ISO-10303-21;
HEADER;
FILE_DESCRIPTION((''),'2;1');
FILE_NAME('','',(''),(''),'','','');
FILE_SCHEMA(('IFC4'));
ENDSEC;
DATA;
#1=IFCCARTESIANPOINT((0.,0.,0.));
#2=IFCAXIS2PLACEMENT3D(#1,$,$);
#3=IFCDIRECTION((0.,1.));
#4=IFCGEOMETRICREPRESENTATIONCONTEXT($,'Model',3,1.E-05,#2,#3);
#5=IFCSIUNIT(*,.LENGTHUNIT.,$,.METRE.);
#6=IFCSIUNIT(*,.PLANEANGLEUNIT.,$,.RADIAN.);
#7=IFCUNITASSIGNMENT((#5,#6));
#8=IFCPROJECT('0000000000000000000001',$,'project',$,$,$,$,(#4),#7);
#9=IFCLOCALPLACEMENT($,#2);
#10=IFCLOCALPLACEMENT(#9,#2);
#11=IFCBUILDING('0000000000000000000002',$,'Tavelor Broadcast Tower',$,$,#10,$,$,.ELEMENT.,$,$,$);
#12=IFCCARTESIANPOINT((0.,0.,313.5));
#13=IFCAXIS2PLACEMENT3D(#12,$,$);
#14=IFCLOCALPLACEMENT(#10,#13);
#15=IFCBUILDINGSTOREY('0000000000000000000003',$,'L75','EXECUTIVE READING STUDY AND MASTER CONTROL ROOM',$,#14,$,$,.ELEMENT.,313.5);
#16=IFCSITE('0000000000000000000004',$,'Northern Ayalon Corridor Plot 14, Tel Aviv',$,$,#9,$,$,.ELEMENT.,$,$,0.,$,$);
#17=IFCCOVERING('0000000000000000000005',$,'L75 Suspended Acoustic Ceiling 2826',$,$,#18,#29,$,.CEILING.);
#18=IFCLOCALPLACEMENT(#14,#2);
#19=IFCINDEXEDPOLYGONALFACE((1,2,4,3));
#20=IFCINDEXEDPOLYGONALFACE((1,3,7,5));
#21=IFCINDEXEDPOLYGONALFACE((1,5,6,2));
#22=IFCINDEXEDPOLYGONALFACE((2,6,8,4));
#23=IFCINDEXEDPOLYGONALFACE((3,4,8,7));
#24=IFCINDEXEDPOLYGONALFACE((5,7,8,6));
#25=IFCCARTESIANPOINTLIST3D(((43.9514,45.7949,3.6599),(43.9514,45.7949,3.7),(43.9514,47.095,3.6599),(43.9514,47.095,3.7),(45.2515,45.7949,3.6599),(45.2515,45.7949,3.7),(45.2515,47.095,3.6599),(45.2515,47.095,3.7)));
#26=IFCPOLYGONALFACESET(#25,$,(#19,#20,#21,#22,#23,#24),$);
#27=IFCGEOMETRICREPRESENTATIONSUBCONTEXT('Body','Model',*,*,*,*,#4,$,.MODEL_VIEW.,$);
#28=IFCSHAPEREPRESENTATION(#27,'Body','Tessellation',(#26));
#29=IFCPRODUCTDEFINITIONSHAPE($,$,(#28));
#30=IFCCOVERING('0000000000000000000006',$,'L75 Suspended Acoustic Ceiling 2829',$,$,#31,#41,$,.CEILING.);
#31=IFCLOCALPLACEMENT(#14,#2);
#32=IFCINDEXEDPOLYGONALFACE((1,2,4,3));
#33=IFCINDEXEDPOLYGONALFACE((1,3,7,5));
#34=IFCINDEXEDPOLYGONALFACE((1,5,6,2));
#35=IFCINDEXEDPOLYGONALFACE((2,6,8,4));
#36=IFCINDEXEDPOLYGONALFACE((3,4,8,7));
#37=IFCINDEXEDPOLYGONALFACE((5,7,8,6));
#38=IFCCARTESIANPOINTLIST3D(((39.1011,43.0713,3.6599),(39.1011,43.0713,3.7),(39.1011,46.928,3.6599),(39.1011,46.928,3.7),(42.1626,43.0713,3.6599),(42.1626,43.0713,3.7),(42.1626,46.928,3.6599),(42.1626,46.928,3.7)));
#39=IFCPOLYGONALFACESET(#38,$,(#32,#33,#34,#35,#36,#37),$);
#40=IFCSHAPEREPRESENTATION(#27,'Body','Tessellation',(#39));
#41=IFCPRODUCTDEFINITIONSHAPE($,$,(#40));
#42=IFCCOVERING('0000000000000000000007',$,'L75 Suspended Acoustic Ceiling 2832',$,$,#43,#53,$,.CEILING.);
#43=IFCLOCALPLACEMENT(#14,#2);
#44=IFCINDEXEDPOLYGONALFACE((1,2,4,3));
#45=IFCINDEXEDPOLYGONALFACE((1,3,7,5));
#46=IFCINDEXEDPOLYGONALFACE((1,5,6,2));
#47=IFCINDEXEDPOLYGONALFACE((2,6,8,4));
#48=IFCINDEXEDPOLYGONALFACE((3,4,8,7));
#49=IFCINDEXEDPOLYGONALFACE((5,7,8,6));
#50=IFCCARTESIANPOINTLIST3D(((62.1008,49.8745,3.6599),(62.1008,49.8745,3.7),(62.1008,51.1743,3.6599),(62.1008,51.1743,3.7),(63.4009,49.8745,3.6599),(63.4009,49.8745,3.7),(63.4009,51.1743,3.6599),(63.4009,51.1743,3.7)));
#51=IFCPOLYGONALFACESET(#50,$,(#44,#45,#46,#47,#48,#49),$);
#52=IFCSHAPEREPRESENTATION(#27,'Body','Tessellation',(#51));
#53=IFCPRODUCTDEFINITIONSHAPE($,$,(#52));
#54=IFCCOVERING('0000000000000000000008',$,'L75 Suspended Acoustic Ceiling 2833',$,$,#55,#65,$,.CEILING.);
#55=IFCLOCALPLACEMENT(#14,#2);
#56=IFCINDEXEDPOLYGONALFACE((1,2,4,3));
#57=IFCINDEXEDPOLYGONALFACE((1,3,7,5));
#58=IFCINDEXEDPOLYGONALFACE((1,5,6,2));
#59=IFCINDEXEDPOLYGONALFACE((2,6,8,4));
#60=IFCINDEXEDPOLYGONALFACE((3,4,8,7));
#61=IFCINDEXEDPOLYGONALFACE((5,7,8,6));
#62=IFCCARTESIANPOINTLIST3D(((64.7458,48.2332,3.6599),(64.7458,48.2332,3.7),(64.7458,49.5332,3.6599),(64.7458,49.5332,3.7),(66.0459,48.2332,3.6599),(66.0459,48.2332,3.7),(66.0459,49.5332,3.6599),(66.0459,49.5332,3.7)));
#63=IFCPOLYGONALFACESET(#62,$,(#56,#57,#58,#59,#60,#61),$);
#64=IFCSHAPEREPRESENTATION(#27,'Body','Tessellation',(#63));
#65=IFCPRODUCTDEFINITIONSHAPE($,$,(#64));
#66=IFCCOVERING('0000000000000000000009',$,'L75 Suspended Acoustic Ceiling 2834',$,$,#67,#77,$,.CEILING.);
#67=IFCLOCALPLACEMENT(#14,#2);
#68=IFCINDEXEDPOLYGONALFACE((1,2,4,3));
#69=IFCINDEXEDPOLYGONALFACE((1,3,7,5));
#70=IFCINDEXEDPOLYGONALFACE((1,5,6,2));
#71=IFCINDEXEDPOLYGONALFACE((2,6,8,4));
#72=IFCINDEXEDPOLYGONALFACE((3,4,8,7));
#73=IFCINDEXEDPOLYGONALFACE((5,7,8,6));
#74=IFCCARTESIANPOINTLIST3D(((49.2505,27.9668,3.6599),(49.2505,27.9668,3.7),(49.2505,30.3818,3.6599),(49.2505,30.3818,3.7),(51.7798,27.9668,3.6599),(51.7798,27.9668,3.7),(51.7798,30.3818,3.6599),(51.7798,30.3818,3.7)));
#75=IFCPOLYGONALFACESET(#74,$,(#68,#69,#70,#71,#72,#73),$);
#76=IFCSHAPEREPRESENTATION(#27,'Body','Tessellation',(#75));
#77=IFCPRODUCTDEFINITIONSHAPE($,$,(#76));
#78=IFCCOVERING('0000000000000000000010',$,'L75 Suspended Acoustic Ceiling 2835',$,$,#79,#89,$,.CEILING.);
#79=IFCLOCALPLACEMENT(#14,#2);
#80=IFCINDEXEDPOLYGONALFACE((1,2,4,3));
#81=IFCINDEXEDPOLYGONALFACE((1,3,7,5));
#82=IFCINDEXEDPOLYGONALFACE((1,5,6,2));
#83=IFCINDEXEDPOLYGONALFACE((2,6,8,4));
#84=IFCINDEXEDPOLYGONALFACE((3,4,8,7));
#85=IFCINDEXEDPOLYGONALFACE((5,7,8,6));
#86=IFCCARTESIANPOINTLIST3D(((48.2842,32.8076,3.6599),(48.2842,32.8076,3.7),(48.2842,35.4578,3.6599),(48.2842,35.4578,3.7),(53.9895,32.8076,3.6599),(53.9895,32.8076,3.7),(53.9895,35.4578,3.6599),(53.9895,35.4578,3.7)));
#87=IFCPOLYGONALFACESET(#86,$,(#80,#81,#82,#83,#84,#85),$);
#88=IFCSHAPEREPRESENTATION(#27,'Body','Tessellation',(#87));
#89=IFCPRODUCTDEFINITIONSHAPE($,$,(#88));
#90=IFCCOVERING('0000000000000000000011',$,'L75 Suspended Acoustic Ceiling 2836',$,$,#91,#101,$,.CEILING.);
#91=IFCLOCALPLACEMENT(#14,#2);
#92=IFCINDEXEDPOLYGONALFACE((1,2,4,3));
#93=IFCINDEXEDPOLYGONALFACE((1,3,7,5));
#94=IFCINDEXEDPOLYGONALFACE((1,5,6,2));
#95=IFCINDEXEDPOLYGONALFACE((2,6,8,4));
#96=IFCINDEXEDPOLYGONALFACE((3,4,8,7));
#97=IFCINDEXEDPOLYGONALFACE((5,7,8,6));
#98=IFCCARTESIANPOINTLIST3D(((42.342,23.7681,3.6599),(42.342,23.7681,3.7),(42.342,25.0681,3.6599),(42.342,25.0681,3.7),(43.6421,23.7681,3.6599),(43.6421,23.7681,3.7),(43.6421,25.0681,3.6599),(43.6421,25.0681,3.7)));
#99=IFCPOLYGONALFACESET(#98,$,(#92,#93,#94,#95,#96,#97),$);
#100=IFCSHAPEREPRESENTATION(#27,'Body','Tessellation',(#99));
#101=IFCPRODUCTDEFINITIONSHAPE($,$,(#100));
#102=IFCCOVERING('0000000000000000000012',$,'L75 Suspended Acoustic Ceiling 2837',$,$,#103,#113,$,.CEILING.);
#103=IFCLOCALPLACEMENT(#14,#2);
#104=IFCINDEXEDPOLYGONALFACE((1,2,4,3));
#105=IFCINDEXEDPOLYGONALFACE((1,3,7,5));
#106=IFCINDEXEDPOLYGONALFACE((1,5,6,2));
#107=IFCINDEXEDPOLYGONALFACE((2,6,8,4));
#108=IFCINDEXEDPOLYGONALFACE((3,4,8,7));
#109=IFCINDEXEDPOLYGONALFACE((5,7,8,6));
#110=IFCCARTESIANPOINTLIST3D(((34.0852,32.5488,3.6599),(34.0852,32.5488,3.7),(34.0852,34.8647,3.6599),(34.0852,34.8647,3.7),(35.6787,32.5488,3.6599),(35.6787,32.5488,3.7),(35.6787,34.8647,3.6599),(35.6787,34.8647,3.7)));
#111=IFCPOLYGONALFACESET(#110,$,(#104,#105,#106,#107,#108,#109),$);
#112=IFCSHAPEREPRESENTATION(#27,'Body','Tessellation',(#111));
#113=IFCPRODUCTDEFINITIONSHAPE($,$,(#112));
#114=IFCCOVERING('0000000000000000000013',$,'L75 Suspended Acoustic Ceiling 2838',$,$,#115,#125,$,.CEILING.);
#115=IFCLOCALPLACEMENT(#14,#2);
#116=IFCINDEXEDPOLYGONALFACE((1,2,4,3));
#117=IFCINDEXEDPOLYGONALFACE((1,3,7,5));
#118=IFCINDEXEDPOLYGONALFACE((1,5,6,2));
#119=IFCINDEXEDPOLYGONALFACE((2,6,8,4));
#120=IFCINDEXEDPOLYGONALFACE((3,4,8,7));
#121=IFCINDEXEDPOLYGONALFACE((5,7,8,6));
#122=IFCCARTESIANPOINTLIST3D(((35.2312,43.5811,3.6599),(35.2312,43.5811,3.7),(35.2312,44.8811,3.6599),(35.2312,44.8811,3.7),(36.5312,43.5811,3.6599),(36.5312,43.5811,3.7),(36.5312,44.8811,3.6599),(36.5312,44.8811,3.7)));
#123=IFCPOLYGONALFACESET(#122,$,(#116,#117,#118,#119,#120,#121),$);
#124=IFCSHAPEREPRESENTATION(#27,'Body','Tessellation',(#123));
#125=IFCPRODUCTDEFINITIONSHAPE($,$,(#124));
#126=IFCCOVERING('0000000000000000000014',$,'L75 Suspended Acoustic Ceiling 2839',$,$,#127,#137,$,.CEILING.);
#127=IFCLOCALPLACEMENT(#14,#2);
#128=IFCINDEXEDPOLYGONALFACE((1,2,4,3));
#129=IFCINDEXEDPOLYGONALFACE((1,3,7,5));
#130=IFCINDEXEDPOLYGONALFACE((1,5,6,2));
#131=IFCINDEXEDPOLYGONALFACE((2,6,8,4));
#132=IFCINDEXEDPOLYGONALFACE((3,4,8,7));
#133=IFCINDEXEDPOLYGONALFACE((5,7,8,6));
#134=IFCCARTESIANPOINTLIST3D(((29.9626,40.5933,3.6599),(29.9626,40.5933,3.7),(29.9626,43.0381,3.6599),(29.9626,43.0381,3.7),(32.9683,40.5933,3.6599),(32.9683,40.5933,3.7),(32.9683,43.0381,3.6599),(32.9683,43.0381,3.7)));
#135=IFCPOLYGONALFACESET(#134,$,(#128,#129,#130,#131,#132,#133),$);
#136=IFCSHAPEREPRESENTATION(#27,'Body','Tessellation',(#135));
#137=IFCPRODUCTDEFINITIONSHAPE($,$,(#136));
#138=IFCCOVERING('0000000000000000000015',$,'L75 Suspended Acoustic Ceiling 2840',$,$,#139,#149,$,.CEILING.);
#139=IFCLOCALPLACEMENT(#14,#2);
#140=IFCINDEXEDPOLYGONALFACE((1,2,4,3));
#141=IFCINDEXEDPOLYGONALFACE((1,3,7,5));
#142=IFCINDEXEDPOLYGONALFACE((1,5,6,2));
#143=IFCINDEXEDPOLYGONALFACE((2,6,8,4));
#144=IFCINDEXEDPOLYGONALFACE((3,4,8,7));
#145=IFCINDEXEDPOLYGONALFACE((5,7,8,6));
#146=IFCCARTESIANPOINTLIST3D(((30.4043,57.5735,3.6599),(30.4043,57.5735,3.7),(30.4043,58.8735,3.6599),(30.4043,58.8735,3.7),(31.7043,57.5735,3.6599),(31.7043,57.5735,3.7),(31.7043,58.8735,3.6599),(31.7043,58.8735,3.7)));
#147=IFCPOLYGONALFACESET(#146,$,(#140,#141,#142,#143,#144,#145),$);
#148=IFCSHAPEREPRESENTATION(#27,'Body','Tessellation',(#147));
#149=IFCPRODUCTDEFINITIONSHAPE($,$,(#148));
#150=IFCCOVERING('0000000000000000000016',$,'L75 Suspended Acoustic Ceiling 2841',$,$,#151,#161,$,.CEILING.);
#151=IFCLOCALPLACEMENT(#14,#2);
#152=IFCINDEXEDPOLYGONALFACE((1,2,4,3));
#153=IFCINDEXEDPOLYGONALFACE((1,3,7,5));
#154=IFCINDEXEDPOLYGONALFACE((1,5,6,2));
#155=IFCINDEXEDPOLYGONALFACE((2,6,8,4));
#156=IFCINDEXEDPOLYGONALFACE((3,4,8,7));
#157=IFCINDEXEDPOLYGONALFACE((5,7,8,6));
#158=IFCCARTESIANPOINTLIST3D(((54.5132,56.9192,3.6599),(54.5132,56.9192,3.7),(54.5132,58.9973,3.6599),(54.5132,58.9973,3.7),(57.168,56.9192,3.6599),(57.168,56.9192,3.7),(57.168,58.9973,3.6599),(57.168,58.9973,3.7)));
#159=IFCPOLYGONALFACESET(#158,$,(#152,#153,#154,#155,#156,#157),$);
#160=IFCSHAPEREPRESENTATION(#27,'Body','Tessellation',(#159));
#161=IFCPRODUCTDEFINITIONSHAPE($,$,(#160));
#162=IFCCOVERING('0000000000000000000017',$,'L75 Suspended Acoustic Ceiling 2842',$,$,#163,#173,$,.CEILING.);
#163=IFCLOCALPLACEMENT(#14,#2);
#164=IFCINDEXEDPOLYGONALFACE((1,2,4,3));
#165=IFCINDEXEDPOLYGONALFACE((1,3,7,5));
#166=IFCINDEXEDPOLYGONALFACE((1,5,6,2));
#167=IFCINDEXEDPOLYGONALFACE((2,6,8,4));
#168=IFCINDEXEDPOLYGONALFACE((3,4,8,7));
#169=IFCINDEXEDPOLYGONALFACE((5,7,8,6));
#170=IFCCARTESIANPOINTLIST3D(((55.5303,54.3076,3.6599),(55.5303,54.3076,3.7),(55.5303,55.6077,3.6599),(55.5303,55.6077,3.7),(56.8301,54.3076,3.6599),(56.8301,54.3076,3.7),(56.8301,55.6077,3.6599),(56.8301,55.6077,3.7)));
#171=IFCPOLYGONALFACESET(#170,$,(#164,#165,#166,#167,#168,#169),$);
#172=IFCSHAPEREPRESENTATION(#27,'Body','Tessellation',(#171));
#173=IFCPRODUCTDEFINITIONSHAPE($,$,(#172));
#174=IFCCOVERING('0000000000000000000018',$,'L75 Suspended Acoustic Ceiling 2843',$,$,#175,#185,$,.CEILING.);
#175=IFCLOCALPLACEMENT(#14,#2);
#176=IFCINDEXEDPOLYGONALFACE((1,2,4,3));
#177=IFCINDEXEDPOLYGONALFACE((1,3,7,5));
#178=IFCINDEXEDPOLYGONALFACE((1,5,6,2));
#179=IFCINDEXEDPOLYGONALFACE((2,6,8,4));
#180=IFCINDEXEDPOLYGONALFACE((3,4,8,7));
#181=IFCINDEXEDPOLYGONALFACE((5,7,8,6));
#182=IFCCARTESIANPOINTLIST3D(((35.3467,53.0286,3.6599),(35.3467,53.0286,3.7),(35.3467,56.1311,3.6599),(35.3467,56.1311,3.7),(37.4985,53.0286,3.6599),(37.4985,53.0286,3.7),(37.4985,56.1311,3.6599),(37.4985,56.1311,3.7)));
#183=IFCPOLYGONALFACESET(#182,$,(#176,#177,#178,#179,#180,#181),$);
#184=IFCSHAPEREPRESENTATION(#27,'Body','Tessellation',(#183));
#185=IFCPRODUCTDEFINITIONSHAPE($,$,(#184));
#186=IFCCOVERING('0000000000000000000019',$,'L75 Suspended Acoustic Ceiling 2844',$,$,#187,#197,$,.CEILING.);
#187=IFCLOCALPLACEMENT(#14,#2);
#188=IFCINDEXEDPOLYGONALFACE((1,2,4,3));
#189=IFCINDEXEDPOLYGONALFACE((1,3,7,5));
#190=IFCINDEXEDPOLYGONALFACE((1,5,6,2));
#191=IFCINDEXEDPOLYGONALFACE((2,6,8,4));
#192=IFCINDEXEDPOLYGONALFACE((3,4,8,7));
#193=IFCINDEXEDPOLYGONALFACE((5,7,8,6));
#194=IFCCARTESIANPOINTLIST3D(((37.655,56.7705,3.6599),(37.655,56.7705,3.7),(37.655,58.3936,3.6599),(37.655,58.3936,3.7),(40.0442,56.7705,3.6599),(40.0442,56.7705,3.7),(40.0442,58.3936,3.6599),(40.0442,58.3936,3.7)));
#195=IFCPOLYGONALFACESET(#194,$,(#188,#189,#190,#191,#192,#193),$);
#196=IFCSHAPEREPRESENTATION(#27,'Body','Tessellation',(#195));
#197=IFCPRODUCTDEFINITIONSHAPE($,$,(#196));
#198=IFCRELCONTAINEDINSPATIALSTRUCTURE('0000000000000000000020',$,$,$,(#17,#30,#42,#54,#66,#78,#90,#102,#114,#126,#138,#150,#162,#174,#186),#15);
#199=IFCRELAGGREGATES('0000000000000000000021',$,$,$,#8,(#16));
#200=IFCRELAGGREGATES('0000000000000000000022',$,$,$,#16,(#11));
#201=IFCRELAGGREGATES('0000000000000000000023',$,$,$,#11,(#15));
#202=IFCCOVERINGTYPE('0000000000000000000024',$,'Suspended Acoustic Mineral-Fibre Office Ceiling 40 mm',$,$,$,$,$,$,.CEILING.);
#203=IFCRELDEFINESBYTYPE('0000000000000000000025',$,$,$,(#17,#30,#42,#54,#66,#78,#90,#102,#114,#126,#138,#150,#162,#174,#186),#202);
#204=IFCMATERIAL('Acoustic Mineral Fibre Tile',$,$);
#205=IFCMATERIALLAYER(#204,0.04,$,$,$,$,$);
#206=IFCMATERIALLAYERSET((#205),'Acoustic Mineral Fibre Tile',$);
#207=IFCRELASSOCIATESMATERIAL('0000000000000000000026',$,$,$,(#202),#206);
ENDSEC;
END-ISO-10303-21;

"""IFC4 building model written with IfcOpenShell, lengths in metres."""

from ifc_helpers import new_model, si_unit, direction, frame, origin, place, context, subcontext, project, spatial, polyline, outline, extrude, material, layer, layer_set, type_object, element, save


model = new_model("IFC4")

# Units and contexts
model_context = context("Model", 3, precision=1e-05, world=origin(), true_north=direction((0.0, 1.0)))
body_context = subcontext(model_context, "Body", "Model", "MODEL_VIEW")
ifc_project = project(units=[si_unit("LENGTHUNIT", "METRE"), si_unit("PLANEANGLEUNIT", "RADIAN")], contexts=[model_context])

# Site, building, storey
site_placement = place(None, origin())
site = spatial("IfcSite", under=ifc_project, at=site_placement, Name="Northern Ayalon Corridor Plot 14, Tel Aviv", CompositionType="ELEMENT", RefElevation=0.0)
building_placement = place(site_placement, origin())
building = spatial("IfcBuilding", under=site, at=building_placement, Name="Tavelor Broadcast Tower", CompositionType="ELEMENT")
storey_placement = place(building_placement, frame((0.0, 0.0, 313.5)))
storey = spatial("IfcBuildingStorey", under=building, at=storey_placement, Name="L75", Description="EXECUTIVE READING STUDY AND MASTER CONTROL ROOM", CompositionType="ELEMENT", Elevation=313.5)

# Coverings
ifc_material_1 = material(Name="Acoustic Mineral Fibre Tile")
ifc_layer_1 = layer(ifc_material_1, 0.04)
ifc_layer_set_1 = layer_set([ifc_layer_1], Name="Acoustic Mineral Fibre Tile")
covering_type_1 = type_object("IfcCoveringType", Name="Suspended Acoustic Mineral-Fibre Office Ceiling 40 mm", PredefinedType="CEILING", material=ifc_layer_set_1)
covering_1_placement = place(storey_placement, frame((0.0, 0.0, 3.6599)))
element("IfcCovering", 1, at=covering_1_placement, inside=storey, type_object=covering_type_1, Name="L75 Suspended Acoustic Ceiling 2826", PredefinedType="CEILING", context=body_context, shape_type="SweptSolid", body=[
    extrude(outline(polyline([(43.9514, 45.7949), (45.2515, 45.7949), (45.2515, 47.095), (43.9514, 47.095), (43.9514, 45.7949)])), origin(), (0.0, 0.0, 1.0), 0.04),
])
covering_2_placement = place(storey_placement, frame((0.0, 0.0, 3.6599)))
element("IfcCovering", 2, at=covering_2_placement, inside=storey, type_object=covering_type_1, Name="L75 Suspended Acoustic Ceiling 2829", PredefinedType="CEILING", context=body_context, shape_type="SweptSolid", body=[
    extrude(outline(polyline([(39.1011, 43.0713), (42.1626, 43.0713), (42.1626, 46.928), (39.1011, 46.928), (39.1011, 43.0713)])), origin(), (0.0, 0.0, 1.0), 0.04),
])
covering_3_placement = place(storey_placement, frame((0.0, 0.0, 3.6599)))
element("IfcCovering", 3, at=covering_3_placement, inside=storey, type_object=covering_type_1, Name="L75 Suspended Acoustic Ceiling 2832", PredefinedType="CEILING", context=body_context, shape_type="SweptSolid", body=[
    extrude(outline(polyline([(62.1008, 49.8745), (63.4009, 49.8745), (63.4009, 51.1743), (62.1008, 51.1743), (62.1008, 49.8745)])), origin(), (0.0, 0.0, 1.0), 0.04),
])
covering_4_placement = place(storey_placement, frame((0.0, 0.0, 3.6599)))
element("IfcCovering", 4, at=covering_4_placement, inside=storey, type_object=covering_type_1, Name="L75 Suspended Acoustic Ceiling 2833", PredefinedType="CEILING", context=body_context, shape_type="SweptSolid", body=[
    extrude(outline(polyline([(64.7458, 48.2332), (66.0459, 48.2332), (66.0459, 49.5332), (64.7458, 49.5332), (64.7458, 48.2332)])), origin(), (0.0, 0.0, 1.0), 0.04),
])
covering_5_placement = place(storey_placement, frame((0.0, 0.0, 3.6599)))
element("IfcCovering", 5, at=covering_5_placement, inside=storey, type_object=covering_type_1, Name="L75 Suspended Acoustic Ceiling 2834", PredefinedType="CEILING", context=body_context, shape_type="SweptSolid", body=[
    extrude(outline(polyline([(49.2505, 27.9668), (51.7798, 27.9668), (51.7798, 30.3818), (49.2505, 30.3818), (49.2505, 27.9668)])), origin(), (0.0, 0.0, 1.0), 0.04),
])
covering_6_placement = place(storey_placement, frame((0.0, 0.0, 3.6599)))
element("IfcCovering", 6, at=covering_6_placement, inside=storey, type_object=covering_type_1, Name="L75 Suspended Acoustic Ceiling 2835", PredefinedType="CEILING", context=body_context, shape_type="SweptSolid", body=[
    extrude(outline(polyline([(48.2842, 32.8076), (53.9895, 32.8076), (53.9895, 35.4578), (48.2842, 35.4578), (48.2842, 32.8076)])), origin(), (0.0, 0.0, 1.0), 0.04),
])
covering_7_placement = place(storey_placement, frame((0.0, 0.0, 3.6599)))
element("IfcCovering", 7, at=covering_7_placement, inside=storey, type_object=covering_type_1, Name="L75 Suspended Acoustic Ceiling 2836", PredefinedType="CEILING", context=body_context, shape_type="SweptSolid", body=[
    extrude(outline(polyline([(42.342, 23.7681), (43.6421, 23.7681), (43.6421, 25.0681), (42.342, 25.0681), (42.342, 23.7681)])), origin(), (0.0, 0.0, 1.0), 0.04),
])
covering_8_placement = place(storey_placement, frame((0.0, 0.0, 3.6599)))
element("IfcCovering", 8, at=covering_8_placement, inside=storey, type_object=covering_type_1, Name="L75 Suspended Acoustic Ceiling 2837", PredefinedType="CEILING", context=body_context, shape_type="SweptSolid", body=[
    extrude(outline(polyline([(34.0852, 32.5488), (35.6787, 32.5488), (35.6787, 34.8647), (34.0852, 34.8647), (34.0852, 32.5488)])), origin(), (0.0, 0.0, 1.0), 0.04),
])
covering_9_placement = place(storey_placement, frame((0.0, 0.0, 3.6599)))
element("IfcCovering", 9, at=covering_9_placement, inside=storey, type_object=covering_type_1, Name="L75 Suspended Acoustic Ceiling 2838", PredefinedType="CEILING", context=body_context, shape_type="SweptSolid", body=[
    extrude(outline(polyline([(35.2312, 43.5811), (36.5312, 43.5811), (36.5312, 44.8811), (35.2312, 44.8811), (35.2312, 43.5811)])), origin(), (0.0, 0.0, 1.0), 0.04),
])
covering_10_placement = place(storey_placement, frame((0.0, 0.0, 3.6599)))
element("IfcCovering", 10, at=covering_10_placement, inside=storey, type_object=covering_type_1, Name="L75 Suspended Acoustic Ceiling 2839", PredefinedType="CEILING", context=body_context, shape_type="SweptSolid", body=[
    extrude(outline(polyline([(29.9626, 40.5933), (32.9683, 40.5933), (32.9683, 43.0381), (29.9626, 43.0381), (29.9626, 40.5933)])), origin(), (0.0, 0.0, 1.0), 0.04),
])
covering_11_placement = place(storey_placement, frame((0.0, 0.0, 3.6599)))
element("IfcCovering", 11, at=covering_11_placement, inside=storey, type_object=covering_type_1, Name="L75 Suspended Acoustic Ceiling 2840", PredefinedType="CEILING", context=body_context, shape_type="SweptSolid", body=[
    extrude(outline(polyline([(30.4043, 57.5735), (31.7043, 57.5735), (31.7043, 58.8735), (30.4043, 58.8735), (30.4043, 57.5735)])), origin(), (0.0, 0.0, 1.0), 0.04),
])
covering_12_placement = place(storey_placement, frame((0.0, 0.0, 3.6599)))
element("IfcCovering", 12, at=covering_12_placement, inside=storey, type_object=covering_type_1, Name="L75 Suspended Acoustic Ceiling 2841", PredefinedType="CEILING", context=body_context, shape_type="SweptSolid", body=[
    extrude(outline(polyline([(54.5132, 56.9192), (57.168, 56.9192), (57.168, 58.9973), (54.5132, 58.9973), (54.5132, 56.9192)])), origin(), (0.0, 0.0, 1.0), 0.04),
])
covering_13_placement = place(storey_placement, frame((0.0, 0.0, 3.6599)))
element("IfcCovering", 13, at=covering_13_placement, inside=storey, type_object=covering_type_1, Name="L75 Suspended Acoustic Ceiling 2842", PredefinedType="CEILING", context=body_context, shape_type="SweptSolid", body=[
    extrude(outline(polyline([(55.5303, 54.3076), (56.8301, 54.3076), (56.8301, 55.6077), (55.5303, 55.6077), (55.5303, 54.3076)])), origin(), (0.0, 0.0, 1.0), 0.04),
])
covering_14_placement = place(storey_placement, frame((0.0, 0.0, 3.6599)))
element("IfcCovering", 14, at=covering_14_placement, inside=storey, type_object=covering_type_1, Name="L75 Suspended Acoustic Ceiling 2843", PredefinedType="CEILING", context=body_context, shape_type="SweptSolid", body=[
    extrude(outline(polyline([(35.3467, 53.0286), (37.4985, 53.0286), (37.4985, 56.1311), (35.3467, 56.1311), (35.3467, 53.0286)])), origin(), (0.0, 0.0, 1.0), 0.04),
])
covering_15_placement = place(storey_placement, frame((0.0, 0.0, 3.6599)))
element("IfcCovering", 15, at=covering_15_placement, inside=storey, type_object=covering_type_1, Name="L75 Suspended Acoustic Ceiling 2844", PredefinedType="CEILING", context=body_context, shape_type="SweptSolid", body=[
    extrude(outline(polyline([(37.655, 56.7705), (40.0442, 56.7705), (40.0442, 58.3936), (37.655, 58.3936), (37.655, 56.7705)])), origin(), (0.0, 0.0, 1.0), 0.04),
])

save(model, "model.ifc")
